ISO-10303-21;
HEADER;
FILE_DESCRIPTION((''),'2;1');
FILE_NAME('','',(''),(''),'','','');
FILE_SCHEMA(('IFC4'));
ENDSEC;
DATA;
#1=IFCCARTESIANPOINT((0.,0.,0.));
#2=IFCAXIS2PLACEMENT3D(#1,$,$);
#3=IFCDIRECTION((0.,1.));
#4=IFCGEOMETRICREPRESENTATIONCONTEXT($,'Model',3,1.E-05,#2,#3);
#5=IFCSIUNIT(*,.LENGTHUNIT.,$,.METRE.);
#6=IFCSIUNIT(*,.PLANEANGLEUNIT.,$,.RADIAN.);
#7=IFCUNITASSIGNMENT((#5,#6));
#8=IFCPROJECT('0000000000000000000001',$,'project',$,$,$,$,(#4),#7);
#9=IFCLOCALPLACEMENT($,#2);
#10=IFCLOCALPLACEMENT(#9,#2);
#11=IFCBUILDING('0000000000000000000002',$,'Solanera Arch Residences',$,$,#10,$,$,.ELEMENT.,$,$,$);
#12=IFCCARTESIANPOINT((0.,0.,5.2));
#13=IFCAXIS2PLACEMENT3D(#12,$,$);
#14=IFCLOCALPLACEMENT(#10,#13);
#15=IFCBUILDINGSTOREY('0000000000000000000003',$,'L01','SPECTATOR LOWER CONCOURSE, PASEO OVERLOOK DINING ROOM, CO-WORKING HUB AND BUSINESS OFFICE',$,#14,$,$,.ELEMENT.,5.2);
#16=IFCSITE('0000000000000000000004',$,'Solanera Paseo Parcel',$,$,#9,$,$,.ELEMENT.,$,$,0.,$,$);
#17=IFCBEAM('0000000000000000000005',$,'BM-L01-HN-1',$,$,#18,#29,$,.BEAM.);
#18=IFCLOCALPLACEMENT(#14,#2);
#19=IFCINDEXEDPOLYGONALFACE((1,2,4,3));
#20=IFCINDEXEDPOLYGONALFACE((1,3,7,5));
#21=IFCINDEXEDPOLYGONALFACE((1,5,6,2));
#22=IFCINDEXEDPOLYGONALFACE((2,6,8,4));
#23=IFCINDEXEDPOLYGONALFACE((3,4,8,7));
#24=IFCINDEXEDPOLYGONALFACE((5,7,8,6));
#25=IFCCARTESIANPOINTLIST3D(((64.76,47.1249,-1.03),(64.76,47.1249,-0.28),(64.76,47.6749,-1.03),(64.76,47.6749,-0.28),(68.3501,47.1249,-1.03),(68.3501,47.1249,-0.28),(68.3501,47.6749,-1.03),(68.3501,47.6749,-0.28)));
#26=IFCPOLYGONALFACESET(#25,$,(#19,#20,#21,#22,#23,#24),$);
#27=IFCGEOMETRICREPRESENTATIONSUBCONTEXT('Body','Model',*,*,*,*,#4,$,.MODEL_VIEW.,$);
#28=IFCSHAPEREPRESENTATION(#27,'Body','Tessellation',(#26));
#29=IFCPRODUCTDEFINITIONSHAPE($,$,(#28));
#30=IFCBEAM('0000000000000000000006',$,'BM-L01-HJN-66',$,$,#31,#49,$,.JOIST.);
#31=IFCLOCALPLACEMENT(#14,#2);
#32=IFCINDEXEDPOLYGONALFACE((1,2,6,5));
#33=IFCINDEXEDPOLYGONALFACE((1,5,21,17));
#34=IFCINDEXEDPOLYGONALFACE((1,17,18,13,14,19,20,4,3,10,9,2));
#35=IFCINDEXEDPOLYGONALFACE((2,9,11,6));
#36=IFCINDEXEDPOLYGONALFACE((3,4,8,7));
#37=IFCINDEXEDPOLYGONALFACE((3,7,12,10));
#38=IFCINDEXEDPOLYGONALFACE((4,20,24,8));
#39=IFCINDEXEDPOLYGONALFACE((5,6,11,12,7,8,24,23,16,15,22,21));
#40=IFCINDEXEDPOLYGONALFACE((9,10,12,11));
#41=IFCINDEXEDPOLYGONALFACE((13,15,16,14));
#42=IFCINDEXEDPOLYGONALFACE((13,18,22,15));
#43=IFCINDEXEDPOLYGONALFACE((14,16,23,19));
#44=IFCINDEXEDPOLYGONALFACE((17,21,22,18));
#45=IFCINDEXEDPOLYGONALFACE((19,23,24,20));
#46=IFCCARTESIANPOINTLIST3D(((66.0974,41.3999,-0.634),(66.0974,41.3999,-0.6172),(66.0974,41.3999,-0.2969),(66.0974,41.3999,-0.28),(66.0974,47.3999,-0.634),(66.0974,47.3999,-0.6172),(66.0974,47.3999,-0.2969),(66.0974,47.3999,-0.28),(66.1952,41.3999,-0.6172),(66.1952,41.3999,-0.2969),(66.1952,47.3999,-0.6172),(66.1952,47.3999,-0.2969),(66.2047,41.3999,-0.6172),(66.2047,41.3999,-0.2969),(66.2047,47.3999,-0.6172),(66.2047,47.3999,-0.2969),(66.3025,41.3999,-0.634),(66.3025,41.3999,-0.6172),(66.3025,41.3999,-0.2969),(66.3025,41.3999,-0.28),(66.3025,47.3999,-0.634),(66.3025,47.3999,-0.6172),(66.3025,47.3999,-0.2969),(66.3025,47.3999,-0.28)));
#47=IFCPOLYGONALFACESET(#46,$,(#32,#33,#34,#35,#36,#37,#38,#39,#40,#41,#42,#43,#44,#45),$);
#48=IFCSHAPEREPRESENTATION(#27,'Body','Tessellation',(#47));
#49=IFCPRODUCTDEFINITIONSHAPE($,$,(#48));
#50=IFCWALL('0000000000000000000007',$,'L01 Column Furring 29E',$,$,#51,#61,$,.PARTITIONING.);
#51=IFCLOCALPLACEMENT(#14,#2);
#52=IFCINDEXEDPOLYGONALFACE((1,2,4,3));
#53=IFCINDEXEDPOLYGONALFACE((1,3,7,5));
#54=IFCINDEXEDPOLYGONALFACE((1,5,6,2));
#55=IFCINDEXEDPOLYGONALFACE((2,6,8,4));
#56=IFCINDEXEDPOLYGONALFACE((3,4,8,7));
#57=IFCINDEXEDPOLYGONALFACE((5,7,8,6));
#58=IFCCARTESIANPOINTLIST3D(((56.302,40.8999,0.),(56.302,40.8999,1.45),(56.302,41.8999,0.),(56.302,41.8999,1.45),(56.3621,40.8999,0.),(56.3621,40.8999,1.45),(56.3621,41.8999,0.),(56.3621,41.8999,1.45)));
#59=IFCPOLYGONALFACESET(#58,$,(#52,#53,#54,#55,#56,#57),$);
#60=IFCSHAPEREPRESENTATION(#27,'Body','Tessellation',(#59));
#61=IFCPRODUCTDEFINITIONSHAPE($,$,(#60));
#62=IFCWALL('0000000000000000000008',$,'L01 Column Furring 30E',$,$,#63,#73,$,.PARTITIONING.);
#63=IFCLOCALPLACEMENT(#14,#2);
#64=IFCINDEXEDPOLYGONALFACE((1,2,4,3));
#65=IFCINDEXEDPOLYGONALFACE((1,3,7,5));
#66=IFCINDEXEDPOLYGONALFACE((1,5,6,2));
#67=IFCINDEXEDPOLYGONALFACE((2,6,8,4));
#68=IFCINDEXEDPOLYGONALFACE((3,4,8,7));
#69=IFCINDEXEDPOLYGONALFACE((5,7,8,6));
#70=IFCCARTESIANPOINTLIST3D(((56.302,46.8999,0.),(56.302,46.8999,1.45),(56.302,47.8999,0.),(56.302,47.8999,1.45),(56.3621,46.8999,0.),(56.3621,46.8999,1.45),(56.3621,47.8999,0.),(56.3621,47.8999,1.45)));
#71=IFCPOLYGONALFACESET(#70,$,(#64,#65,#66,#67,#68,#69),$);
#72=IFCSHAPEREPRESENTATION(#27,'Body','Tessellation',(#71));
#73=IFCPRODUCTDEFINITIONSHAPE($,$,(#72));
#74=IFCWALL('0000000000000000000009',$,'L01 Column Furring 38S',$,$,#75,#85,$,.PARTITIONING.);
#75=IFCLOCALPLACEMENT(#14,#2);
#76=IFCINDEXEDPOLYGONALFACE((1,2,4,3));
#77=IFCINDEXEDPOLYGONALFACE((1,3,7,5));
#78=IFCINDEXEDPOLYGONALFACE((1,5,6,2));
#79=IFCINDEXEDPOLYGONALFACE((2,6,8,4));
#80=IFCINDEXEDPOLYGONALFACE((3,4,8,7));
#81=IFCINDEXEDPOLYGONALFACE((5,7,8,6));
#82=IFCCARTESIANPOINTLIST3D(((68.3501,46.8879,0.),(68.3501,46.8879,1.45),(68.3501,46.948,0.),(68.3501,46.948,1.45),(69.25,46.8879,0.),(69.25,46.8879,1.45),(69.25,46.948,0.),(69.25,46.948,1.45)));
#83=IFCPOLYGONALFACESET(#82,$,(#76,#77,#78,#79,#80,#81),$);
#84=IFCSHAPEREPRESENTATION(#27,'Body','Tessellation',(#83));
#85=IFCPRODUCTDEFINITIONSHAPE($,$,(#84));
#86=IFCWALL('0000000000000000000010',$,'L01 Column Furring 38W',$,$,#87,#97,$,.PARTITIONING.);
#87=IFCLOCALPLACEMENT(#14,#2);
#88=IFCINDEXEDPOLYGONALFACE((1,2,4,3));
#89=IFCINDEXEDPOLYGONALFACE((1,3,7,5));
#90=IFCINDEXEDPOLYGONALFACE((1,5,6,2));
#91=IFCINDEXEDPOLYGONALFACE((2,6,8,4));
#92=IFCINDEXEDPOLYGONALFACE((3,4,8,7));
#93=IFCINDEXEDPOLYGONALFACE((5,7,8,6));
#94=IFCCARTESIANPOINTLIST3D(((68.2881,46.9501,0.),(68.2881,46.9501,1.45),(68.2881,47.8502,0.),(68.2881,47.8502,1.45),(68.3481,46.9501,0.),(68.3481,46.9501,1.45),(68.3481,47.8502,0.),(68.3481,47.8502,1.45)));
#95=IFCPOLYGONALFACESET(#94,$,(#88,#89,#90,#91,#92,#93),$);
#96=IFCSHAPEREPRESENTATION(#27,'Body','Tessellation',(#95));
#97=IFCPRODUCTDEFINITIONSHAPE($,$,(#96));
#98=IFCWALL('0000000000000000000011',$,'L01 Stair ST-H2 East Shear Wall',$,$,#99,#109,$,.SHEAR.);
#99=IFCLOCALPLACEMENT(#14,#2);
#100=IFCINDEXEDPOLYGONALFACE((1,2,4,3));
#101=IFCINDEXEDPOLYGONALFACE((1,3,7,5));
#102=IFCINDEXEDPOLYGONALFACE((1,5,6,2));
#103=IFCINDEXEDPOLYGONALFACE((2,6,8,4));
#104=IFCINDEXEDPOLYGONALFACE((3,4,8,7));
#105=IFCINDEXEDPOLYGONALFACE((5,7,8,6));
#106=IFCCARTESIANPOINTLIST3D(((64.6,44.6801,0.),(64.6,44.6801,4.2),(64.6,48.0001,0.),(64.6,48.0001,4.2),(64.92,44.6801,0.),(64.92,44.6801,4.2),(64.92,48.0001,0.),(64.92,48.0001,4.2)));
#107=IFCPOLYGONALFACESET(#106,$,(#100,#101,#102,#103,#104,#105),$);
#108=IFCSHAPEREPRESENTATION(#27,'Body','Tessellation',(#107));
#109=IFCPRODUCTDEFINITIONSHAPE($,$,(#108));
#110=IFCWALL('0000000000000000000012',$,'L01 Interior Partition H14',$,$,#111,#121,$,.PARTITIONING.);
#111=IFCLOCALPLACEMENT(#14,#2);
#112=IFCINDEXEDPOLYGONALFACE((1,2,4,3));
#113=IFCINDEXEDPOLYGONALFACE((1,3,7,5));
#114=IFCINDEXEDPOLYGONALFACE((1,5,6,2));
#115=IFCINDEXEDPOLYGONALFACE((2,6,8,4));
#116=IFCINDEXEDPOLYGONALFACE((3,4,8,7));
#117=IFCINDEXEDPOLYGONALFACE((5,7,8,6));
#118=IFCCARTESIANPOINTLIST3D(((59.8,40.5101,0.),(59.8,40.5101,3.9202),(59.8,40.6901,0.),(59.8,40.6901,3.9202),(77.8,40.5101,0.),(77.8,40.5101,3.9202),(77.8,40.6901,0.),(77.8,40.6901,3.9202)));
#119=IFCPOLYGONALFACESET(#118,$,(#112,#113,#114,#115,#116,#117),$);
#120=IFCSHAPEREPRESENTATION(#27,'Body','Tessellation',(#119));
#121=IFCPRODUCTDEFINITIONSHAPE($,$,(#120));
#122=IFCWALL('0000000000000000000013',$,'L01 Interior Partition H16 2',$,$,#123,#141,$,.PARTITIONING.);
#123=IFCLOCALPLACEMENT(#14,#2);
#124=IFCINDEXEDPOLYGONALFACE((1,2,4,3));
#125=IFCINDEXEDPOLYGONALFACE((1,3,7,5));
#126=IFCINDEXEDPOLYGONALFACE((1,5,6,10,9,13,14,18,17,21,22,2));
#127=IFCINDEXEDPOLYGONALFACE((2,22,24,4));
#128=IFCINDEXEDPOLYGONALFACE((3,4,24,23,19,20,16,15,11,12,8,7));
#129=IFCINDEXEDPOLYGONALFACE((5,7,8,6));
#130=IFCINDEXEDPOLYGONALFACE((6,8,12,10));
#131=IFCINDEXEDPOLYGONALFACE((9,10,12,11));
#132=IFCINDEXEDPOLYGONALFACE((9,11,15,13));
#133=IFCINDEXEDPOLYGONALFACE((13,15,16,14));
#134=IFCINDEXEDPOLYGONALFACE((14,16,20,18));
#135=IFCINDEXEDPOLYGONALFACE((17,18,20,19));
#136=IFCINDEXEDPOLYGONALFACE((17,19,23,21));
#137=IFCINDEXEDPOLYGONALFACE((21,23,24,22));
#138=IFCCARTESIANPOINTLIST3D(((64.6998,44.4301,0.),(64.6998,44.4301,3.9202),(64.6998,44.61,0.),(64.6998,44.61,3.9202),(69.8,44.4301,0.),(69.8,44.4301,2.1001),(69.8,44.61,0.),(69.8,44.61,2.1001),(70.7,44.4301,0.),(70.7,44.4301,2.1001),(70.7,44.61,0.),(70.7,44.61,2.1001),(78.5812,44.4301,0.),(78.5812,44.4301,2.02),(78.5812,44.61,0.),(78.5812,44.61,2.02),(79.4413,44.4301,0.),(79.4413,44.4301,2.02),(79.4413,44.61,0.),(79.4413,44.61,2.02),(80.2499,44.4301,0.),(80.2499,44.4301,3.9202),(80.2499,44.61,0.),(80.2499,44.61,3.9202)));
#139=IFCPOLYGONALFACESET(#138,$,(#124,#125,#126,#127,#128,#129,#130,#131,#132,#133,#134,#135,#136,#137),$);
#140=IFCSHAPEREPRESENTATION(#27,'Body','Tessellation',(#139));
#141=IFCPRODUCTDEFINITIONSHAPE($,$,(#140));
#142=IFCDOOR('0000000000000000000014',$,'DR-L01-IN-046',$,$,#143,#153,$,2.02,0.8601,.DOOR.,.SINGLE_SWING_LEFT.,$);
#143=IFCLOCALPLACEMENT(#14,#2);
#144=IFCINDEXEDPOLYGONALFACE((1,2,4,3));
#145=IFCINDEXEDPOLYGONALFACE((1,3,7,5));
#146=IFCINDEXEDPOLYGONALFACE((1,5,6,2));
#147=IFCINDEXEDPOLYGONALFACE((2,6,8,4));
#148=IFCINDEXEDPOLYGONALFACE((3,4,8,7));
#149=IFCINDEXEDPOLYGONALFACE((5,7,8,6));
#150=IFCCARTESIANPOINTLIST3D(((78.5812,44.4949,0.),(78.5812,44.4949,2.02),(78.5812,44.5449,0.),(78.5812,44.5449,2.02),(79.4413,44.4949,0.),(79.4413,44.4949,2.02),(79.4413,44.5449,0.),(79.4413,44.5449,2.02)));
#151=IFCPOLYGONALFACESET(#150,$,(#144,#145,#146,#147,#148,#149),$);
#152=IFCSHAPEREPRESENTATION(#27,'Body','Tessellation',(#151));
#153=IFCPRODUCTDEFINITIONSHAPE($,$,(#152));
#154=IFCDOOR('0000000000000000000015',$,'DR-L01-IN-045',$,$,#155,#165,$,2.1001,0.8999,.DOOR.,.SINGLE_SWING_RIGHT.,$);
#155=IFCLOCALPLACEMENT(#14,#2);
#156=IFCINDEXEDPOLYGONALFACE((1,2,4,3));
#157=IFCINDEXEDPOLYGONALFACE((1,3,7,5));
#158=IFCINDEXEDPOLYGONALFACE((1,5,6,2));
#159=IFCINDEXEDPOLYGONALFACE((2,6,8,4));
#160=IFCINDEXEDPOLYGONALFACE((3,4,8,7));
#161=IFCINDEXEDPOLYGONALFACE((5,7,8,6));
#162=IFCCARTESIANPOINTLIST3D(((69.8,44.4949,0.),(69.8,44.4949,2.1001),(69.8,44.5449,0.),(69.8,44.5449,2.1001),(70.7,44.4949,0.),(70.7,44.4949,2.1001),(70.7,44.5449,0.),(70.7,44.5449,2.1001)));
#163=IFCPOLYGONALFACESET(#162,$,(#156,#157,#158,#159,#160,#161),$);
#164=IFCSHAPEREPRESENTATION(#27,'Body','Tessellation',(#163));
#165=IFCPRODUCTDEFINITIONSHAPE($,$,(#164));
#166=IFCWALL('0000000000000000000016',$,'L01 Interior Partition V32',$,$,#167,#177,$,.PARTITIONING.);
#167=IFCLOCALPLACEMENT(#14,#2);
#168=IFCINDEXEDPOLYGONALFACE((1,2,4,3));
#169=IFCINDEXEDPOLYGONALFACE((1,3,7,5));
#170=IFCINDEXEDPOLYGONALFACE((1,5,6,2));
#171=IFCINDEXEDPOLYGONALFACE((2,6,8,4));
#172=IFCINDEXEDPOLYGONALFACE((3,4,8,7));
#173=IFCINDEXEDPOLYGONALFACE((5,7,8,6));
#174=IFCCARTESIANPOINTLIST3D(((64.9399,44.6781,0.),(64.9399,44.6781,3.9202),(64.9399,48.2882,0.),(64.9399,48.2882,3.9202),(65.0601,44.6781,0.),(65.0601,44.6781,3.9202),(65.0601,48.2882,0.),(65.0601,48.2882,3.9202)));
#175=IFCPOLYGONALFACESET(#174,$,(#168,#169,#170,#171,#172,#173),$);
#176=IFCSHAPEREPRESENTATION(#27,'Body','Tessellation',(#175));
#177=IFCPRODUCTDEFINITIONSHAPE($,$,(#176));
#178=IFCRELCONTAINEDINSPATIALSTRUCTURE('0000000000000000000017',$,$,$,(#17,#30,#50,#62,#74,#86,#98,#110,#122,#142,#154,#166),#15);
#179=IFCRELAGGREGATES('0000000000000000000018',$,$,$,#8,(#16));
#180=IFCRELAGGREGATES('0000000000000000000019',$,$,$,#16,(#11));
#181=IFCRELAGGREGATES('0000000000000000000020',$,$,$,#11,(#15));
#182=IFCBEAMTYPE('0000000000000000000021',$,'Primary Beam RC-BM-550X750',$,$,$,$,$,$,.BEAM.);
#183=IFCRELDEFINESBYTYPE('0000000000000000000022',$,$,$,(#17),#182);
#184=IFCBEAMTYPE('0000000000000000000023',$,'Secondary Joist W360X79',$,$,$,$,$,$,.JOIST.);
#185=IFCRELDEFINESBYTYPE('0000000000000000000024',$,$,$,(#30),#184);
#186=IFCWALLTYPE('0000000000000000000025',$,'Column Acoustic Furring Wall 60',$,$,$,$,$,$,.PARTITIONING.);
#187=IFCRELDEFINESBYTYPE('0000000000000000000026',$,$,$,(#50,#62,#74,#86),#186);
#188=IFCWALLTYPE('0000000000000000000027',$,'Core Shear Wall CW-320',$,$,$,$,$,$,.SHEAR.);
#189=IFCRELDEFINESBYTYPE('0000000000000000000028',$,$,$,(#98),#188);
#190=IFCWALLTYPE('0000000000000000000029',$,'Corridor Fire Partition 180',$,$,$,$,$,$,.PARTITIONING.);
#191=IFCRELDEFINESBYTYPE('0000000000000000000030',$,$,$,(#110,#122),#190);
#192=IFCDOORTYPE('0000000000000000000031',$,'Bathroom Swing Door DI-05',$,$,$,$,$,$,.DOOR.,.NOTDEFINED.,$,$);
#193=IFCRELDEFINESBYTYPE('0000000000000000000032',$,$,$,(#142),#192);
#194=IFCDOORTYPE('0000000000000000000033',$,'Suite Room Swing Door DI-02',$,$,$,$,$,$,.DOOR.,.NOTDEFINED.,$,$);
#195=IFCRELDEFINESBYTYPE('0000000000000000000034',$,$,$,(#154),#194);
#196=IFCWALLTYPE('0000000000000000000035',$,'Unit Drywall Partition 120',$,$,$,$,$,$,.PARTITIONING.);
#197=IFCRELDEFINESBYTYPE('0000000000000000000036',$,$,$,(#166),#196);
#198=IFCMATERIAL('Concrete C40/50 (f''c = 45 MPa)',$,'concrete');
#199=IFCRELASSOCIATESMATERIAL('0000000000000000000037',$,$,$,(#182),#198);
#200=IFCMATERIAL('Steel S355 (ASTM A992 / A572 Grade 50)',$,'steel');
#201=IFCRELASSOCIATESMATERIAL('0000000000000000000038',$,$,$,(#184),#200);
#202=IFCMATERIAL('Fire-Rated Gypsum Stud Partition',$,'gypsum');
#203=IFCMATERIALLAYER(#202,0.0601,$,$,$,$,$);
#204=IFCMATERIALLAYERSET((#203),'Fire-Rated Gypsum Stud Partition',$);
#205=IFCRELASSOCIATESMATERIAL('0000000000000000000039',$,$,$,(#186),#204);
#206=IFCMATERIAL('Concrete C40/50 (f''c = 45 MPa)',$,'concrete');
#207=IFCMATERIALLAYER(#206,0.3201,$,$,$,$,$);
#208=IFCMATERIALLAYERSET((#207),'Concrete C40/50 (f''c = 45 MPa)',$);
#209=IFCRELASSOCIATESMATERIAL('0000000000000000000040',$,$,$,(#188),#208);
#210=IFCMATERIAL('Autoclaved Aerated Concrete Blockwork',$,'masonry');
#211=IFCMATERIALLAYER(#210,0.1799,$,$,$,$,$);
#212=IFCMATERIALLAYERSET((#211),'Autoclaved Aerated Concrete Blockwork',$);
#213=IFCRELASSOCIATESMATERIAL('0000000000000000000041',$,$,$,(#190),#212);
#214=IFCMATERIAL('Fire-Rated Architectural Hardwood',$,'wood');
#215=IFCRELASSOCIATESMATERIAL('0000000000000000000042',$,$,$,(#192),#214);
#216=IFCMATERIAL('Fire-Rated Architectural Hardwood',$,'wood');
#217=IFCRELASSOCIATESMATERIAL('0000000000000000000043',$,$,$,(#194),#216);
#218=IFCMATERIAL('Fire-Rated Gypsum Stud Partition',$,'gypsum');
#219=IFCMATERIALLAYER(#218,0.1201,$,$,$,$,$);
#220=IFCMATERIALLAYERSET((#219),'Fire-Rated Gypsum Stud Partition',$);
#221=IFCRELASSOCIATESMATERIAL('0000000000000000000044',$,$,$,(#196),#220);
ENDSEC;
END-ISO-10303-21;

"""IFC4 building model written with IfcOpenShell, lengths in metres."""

from ifc_helpers import new_model, si_unit, direction, frame, frame_2d, origin, origin_2d, place, context, subcontext, project, spatial, rectangle, i_section, extrude, material, layer, layer_set, material_profile, profile_set, type_object, element, fill, save


model = new_model("IFC4")

# Units and contexts
model_context = context("Model", 3, precision=1e-05, world=origin(), true_north=direction((0.0, 1.0)))
body_context = subcontext(model_context, "Body", "Model", "MODEL_VIEW")
ifc_project = project(units=[si_unit("LENGTHUNIT", "METRE"), si_unit("PLANEANGLEUNIT", "RADIAN")], contexts=[model_context])

# Site, building, storey
site_placement = place(None, origin())
site = spatial("IfcSite", under=ifc_project, at=site_placement, Name="Solanera Paseo Parcel", CompositionType="ELEMENT", RefElevation=0.0)
building_placement = place(site_placement, origin())
building = spatial("IfcBuilding", under=site, at=building_placement, Name="Solanera Arch Residences", CompositionType="ELEMENT")
storey_placement = place(building_placement, frame((0.0, 0.0, 5.2)))
storey = spatial("IfcBuildingStorey", under=building, at=storey_placement, Name="L01", Description="SPECTATOR LOWER CONCOURSE, PASEO OVERLOOK DINING ROOM, CO-WORKING HUB AND BUSINESS OFFICE", CompositionType="ELEMENT", Elevation=5.2)

# Beams
ifc_material_1 = material(Name="Concrete C40/50 (f'c = 45 MPa)", Category="concrete")
ifc_material_profile_1 = material_profile(ifc_material_1, rectangle(XDim=0.55, YDim=0.75, at=origin_2d()))
ifc_profile_set_1 = profile_set([ifc_material_profile_1], Name="Concrete C40/50 (f'c = 45 MPa)")
beam_type_1 = type_object("IfcBeamType", Name="Primary Beam RC-BM-550X750", PredefinedType="BEAM", material=ifc_profile_set_1)
beam_1_placement = place(storey_placement, frame((64.76, 47.3999, -0.655), z_axis=(1.0, 0.0, 0.0), x_axis=(0.0, 1.0, 0.0)))
element("IfcBeam", 1, at=beam_1_placement, inside=storey, type_object=beam_type_1, Name="BM-L01-HN-1", PredefinedType="BEAM", context=body_context, shape_type="SweptSolid", body=[
    extrude(rectangle(XDim=0.55, YDim=0.75, at=origin_2d()), origin(), (0.0, 0.0, 1.0), 3.5901),
])
ifc_material_2 = material(Name="Steel S355 (ASTM A992 / A572 Grade 50)", Category="steel")
ifc_material_profile_2 = material_profile(ifc_material_2, i_section(OverallWidth=0.2051, OverallDepth=0.354, WebThickness=0.0095, FlangeThickness=0.0168, at=origin_2d()))
ifc_profile_set_2 = profile_set([ifc_material_profile_2], Name="Steel S355 (ASTM A992 / A572 Grade 50)")
beam_type_2 = type_object("IfcBeamType", Name="Secondary Joist W360X79", PredefinedType="JOIST", material=ifc_profile_set_2)
beam_2_placement = place(storey_placement, frame((66.2, 41.3999, -0.457), z_axis=(0.0, 1.0, 0.0), x_axis=(-1.0, 0.0, 0.0)))
element("IfcBeam", 2, at=beam_2_placement, inside=storey, type_object=beam_type_2, Name="BM-L01-HJN-66", PredefinedType="JOIST", context=body_context, shape_type="SweptSolid", body=[
    extrude(i_section(OverallWidth=0.2051, OverallDepth=0.354, WebThickness=0.0095, FlangeThickness=0.0168, at=origin_2d()), origin(), (0.0, 0.0, 1.0), 6.0),
])

# Walls
ifc_material_3 = material(Name="Fire-Rated Gypsum Stud Partition", Category="gypsum")
ifc_layer_1 = layer(ifc_material_3, 0.0601)
ifc_layer_set_1 = layer_set([ifc_layer_1], Name="Fire-Rated Gypsum Stud Partition")
wall_type_1 = type_object("IfcWallType", Name="Column Acoustic Furring Wall 60", PredefinedType="PARTITIONING", material=ifc_layer_set_1)
for number, where, z_axis, x_axis, name in (
    (3, (56.332, 40.8999, 0.0), (0.0, 0.0, 1.0), (0.0, 1.0, 0.0), "L01 Column Furring 29E"),
    (4, (56.332, 46.8999, 0.0), (0.0, 0.0, 1.0), (0.0, 1.0, 0.0), "L01 Column Furring 30E"),
):
    element("IfcWall", number, at=place(storey_placement, frame(where, z_axis=z_axis, x_axis=x_axis)), inside=storey, type_object=wall_type_1, Name=name, PredefinedType="PARTITIONING", context=body_context, shape_type="SweptSolid", body=[
        extrude(rectangle(XDim=1.0, YDim=0.0601, at=frame_2d((0.5, 0.0))), origin(), (0.0, 0.0, 1.0), 1.45),
    ])
wall_1_placement = place(storey_placement, frame((68.3501, 46.918, 0.0), z_axis=(0.0, 0.0, 1.0), x_axis=(1.0, 0.0, 0.0)))
element("IfcWall", 5, at=wall_1_placement, inside=storey, type_object=wall_type_1, Name="L01 Column Furring 38S", PredefinedType="PARTITIONING", context=body_context, shape_type="SweptSolid", body=[
    extrude(rectangle(XDim=0.8999, YDim=0.0601, at=frame_2d((0.45, 0.0))), origin(), (0.0, 0.0, 1.0), 1.45),
])
wall_2_placement = place(storey_placement, frame((68.3181, 46.95, 0.0), z_axis=(0.0, 0.0, 1.0), x_axis=(0.0, 1.0, 0.0)))
element("IfcWall", 6, at=wall_2_placement, inside=storey, type_object=wall_type_1, Name="L01 Column Furring 38W", PredefinedType="PARTITIONING", context=body_context, shape_type="SweptSolid", body=[
    extrude(rectangle(XDim=0.9001, YDim=0.0601, at=frame_2d((0.4502, 0.0))), origin(), (0.0, 0.0, 1.0), 1.45),
])
ifc_material_4 = material(Name="Concrete C40/50 (f'c = 45 MPa)", Category="concrete")
ifc_layer_2 = layer(ifc_material_4, 0.3201)
ifc_layer_set_2 = layer_set([ifc_layer_2], Name="Concrete C40/50 (f'c = 45 MPa)")
wall_type_2 = type_object("IfcWallType", Name="Core Shear Wall CW-320", PredefinedType="SHEAR", material=ifc_layer_set_2)
wall_3_placement = place(storey_placement, frame((64.76, 44.6799, 0.0), z_axis=(0.0, 0.0, 1.0), x_axis=(0.0, 1.0, 0.0)))
element("IfcWall", 7, at=wall_3_placement, inside=storey, type_object=wall_type_2, Name="L01 Stair ST-H2 East Shear Wall", PredefinedType="SHEAR", context=body_context, shape_type="SweptSolid", body=[
    extrude(rectangle(XDim=3.3201, YDim=0.3201, at=frame_2d((1.6602, 0.0))), origin(), (0.0, 0.0, 1.0), 4.2),
])
ifc_material_5 = material(Name="Autoclaved Aerated Concrete Blockwork", Category="masonry")
ifc_layer_3 = layer(ifc_material_5, 0.1799)
ifc_layer_set_3 = layer_set([ifc_layer_3], Name="Autoclaved Aerated Concrete Blockwork")
wall_type_3 = type_object("IfcWallType", Name="Corridor Fire Partition 180", PredefinedType="PARTITIONING", material=ifc_layer_set_3)
wall_4_placement = place(storey_placement, frame((59.8, 40.6001, 0.0), z_axis=(0.0, 0.0, 1.0), x_axis=(1.0, 0.0, 0.0)))
element("IfcWall", 8, at=wall_4_placement, inside=storey, type_object=wall_type_3, Name="L01 Interior Partition H14", PredefinedType="PARTITIONING", context=body_context, shape_type="SweptSolid", body=[
    extrude(rectangle(XDim=18.0, YDim=0.1799, at=frame_2d((9.0, 0.0))), origin(), (0.0, 0.0, 1.0), 3.9202),
])

# Wall, openings, doors
wall_5_placement = place(storey_placement, frame((64.7, 44.52, 0.0), z_axis=(0.0, 0.0, 1.0), x_axis=(1.0, 0.0, 0.0)))
wall_5 = element("IfcWall", 9, at=wall_5_placement, inside=storey, type_object=wall_type_3, Name="L01 Interior Partition H16 2", PredefinedType="PARTITIONING", context=body_context, shape_type="SweptSolid", body=[
    extrude(rectangle(XDim=15.55, YDim=0.1799, at=frame_2d((7.7749, 0.0))), origin(), (0.0, 0.0, 1.0), 3.9202),
])
opening_1_placement = place(wall_5_placement, frame((5.1001, 0.0, 0.0)))
opening_1 = element("IfcOpeningElement", 10, at=opening_1_placement, cuts=wall_5, PredefinedType="OPENING", context=body_context, shape_type="SweptSolid", body=[
    extrude(rectangle(XDim=0.8999, YDim=2.1001, at=frame_2d((0.45, 1.05))), frame((0.0, 0.1001, 0.0), z_axis=(0.0, -1.0, 0.0), x_axis=(1.0, 0.0, 0.0)), (0.0, 0.0, 1.0), 0.1999),
])
opening_2_placement = place(wall_5_placement, frame((13.8811, 0.0, 0.0)))
opening_2 = element("IfcOpeningElement", 11, at=opening_2_placement, cuts=wall_5, PredefinedType="OPENING", context=body_context, shape_type="SweptSolid", body=[
    extrude(rectangle(XDim=0.8601, YDim=2.02, at=frame_2d((0.4302, 1.01))), frame((0.0, 0.1001, 0.0), z_axis=(0.0, -1.0, 0.0), x_axis=(1.0, 0.0, 0.0)), (0.0, 0.0, 1.0), 0.1999),
])
ifc_material_6 = material(Name="Fire-Rated Architectural Hardwood", Category="wood")
door_type_1 = type_object("IfcDoorType", Name="Bathroom Swing Door DI-05", OperationType="NOTDEFINED", PredefinedType="DOOR", material=ifc_material_6)
door_1_placement = place(opening_2_placement, origin())
door_1 = element("IfcDoor", 12, at=door_1_placement, inside=storey, type_object=door_type_1, Name="DR-L01-IN-046", OperationType="SINGLE_SWING_LEFT", OverallHeight=2.02, OverallWidth=0.8601, PredefinedType="DOOR", context=body_context, shape_type="SweptSolid", body=[
    extrude(rectangle(XDim=0.8601, YDim=2.02, at=frame_2d((0.4302, 1.01))), frame((0.0, 0.0249, 0.0), z_axis=(0.0, -1.0, 0.0), x_axis=(1.0, 0.0, 0.0)), (0.0, 0.0, 1.0), 0.05),
])
fill(opening_2, door_1)
ifc_material_7 = material(Name="Fire-Rated Architectural Hardwood", Category="wood")
door_type_2 = type_object("IfcDoorType", Name="Suite Room Swing Door DI-02", OperationType="NOTDEFINED", PredefinedType="DOOR", material=ifc_material_7)
door_2_placement = place(opening_1_placement, origin())
door_2 = element("IfcDoor", 13, at=door_2_placement, inside=storey, type_object=door_type_2, Name="DR-L01-IN-045", OperationType="SINGLE_SWING_RIGHT", OverallHeight=2.1001, OverallWidth=0.8999, PredefinedType="DOOR", context=body_context, shape_type="SweptSolid", body=[
    extrude(rectangle(XDim=0.8999, YDim=2.1001, at=frame_2d((0.45, 1.05))), frame((0.0, 0.0249, 0.0), z_axis=(0.0, -1.0, 0.0), x_axis=(1.0, 0.0, 0.0)), (0.0, 0.0, 1.0), 0.05),
])
fill(opening_1, door_2)

# Wall
ifc_material_8 = material(Name="Fire-Rated Gypsum Stud Partition", Category="gypsum")
ifc_layer_4 = layer(ifc_material_8, 0.1201)
ifc_layer_set_4 = layer_set([ifc_layer_4], Name="Fire-Rated Gypsum Stud Partition")
wall_type_4 = type_object("IfcWallType", Name="Unit Drywall Partition 120", PredefinedType="PARTITIONING", material=ifc_layer_set_4)
wall_6_placement = place(storey_placement, frame((65.0, 44.678, 0.0), z_axis=(0.0, 0.0, 1.0), x_axis=(0.0, 1.0, 0.0)))
element("IfcWall", 14, at=wall_6_placement, inside=storey, type_object=wall_type_4, Name="L01 Interior Partition V32", PredefinedType="PARTITIONING", context=body_context, shape_type="SweptSolid", body=[
    extrude(rectangle(XDim=3.6101, YDim=0.1201, at=frame_2d((1.8052, 0.0))), origin(), (0.0, 0.0, 1.0), 3.9202),
])

save(model, "model.ifc")
